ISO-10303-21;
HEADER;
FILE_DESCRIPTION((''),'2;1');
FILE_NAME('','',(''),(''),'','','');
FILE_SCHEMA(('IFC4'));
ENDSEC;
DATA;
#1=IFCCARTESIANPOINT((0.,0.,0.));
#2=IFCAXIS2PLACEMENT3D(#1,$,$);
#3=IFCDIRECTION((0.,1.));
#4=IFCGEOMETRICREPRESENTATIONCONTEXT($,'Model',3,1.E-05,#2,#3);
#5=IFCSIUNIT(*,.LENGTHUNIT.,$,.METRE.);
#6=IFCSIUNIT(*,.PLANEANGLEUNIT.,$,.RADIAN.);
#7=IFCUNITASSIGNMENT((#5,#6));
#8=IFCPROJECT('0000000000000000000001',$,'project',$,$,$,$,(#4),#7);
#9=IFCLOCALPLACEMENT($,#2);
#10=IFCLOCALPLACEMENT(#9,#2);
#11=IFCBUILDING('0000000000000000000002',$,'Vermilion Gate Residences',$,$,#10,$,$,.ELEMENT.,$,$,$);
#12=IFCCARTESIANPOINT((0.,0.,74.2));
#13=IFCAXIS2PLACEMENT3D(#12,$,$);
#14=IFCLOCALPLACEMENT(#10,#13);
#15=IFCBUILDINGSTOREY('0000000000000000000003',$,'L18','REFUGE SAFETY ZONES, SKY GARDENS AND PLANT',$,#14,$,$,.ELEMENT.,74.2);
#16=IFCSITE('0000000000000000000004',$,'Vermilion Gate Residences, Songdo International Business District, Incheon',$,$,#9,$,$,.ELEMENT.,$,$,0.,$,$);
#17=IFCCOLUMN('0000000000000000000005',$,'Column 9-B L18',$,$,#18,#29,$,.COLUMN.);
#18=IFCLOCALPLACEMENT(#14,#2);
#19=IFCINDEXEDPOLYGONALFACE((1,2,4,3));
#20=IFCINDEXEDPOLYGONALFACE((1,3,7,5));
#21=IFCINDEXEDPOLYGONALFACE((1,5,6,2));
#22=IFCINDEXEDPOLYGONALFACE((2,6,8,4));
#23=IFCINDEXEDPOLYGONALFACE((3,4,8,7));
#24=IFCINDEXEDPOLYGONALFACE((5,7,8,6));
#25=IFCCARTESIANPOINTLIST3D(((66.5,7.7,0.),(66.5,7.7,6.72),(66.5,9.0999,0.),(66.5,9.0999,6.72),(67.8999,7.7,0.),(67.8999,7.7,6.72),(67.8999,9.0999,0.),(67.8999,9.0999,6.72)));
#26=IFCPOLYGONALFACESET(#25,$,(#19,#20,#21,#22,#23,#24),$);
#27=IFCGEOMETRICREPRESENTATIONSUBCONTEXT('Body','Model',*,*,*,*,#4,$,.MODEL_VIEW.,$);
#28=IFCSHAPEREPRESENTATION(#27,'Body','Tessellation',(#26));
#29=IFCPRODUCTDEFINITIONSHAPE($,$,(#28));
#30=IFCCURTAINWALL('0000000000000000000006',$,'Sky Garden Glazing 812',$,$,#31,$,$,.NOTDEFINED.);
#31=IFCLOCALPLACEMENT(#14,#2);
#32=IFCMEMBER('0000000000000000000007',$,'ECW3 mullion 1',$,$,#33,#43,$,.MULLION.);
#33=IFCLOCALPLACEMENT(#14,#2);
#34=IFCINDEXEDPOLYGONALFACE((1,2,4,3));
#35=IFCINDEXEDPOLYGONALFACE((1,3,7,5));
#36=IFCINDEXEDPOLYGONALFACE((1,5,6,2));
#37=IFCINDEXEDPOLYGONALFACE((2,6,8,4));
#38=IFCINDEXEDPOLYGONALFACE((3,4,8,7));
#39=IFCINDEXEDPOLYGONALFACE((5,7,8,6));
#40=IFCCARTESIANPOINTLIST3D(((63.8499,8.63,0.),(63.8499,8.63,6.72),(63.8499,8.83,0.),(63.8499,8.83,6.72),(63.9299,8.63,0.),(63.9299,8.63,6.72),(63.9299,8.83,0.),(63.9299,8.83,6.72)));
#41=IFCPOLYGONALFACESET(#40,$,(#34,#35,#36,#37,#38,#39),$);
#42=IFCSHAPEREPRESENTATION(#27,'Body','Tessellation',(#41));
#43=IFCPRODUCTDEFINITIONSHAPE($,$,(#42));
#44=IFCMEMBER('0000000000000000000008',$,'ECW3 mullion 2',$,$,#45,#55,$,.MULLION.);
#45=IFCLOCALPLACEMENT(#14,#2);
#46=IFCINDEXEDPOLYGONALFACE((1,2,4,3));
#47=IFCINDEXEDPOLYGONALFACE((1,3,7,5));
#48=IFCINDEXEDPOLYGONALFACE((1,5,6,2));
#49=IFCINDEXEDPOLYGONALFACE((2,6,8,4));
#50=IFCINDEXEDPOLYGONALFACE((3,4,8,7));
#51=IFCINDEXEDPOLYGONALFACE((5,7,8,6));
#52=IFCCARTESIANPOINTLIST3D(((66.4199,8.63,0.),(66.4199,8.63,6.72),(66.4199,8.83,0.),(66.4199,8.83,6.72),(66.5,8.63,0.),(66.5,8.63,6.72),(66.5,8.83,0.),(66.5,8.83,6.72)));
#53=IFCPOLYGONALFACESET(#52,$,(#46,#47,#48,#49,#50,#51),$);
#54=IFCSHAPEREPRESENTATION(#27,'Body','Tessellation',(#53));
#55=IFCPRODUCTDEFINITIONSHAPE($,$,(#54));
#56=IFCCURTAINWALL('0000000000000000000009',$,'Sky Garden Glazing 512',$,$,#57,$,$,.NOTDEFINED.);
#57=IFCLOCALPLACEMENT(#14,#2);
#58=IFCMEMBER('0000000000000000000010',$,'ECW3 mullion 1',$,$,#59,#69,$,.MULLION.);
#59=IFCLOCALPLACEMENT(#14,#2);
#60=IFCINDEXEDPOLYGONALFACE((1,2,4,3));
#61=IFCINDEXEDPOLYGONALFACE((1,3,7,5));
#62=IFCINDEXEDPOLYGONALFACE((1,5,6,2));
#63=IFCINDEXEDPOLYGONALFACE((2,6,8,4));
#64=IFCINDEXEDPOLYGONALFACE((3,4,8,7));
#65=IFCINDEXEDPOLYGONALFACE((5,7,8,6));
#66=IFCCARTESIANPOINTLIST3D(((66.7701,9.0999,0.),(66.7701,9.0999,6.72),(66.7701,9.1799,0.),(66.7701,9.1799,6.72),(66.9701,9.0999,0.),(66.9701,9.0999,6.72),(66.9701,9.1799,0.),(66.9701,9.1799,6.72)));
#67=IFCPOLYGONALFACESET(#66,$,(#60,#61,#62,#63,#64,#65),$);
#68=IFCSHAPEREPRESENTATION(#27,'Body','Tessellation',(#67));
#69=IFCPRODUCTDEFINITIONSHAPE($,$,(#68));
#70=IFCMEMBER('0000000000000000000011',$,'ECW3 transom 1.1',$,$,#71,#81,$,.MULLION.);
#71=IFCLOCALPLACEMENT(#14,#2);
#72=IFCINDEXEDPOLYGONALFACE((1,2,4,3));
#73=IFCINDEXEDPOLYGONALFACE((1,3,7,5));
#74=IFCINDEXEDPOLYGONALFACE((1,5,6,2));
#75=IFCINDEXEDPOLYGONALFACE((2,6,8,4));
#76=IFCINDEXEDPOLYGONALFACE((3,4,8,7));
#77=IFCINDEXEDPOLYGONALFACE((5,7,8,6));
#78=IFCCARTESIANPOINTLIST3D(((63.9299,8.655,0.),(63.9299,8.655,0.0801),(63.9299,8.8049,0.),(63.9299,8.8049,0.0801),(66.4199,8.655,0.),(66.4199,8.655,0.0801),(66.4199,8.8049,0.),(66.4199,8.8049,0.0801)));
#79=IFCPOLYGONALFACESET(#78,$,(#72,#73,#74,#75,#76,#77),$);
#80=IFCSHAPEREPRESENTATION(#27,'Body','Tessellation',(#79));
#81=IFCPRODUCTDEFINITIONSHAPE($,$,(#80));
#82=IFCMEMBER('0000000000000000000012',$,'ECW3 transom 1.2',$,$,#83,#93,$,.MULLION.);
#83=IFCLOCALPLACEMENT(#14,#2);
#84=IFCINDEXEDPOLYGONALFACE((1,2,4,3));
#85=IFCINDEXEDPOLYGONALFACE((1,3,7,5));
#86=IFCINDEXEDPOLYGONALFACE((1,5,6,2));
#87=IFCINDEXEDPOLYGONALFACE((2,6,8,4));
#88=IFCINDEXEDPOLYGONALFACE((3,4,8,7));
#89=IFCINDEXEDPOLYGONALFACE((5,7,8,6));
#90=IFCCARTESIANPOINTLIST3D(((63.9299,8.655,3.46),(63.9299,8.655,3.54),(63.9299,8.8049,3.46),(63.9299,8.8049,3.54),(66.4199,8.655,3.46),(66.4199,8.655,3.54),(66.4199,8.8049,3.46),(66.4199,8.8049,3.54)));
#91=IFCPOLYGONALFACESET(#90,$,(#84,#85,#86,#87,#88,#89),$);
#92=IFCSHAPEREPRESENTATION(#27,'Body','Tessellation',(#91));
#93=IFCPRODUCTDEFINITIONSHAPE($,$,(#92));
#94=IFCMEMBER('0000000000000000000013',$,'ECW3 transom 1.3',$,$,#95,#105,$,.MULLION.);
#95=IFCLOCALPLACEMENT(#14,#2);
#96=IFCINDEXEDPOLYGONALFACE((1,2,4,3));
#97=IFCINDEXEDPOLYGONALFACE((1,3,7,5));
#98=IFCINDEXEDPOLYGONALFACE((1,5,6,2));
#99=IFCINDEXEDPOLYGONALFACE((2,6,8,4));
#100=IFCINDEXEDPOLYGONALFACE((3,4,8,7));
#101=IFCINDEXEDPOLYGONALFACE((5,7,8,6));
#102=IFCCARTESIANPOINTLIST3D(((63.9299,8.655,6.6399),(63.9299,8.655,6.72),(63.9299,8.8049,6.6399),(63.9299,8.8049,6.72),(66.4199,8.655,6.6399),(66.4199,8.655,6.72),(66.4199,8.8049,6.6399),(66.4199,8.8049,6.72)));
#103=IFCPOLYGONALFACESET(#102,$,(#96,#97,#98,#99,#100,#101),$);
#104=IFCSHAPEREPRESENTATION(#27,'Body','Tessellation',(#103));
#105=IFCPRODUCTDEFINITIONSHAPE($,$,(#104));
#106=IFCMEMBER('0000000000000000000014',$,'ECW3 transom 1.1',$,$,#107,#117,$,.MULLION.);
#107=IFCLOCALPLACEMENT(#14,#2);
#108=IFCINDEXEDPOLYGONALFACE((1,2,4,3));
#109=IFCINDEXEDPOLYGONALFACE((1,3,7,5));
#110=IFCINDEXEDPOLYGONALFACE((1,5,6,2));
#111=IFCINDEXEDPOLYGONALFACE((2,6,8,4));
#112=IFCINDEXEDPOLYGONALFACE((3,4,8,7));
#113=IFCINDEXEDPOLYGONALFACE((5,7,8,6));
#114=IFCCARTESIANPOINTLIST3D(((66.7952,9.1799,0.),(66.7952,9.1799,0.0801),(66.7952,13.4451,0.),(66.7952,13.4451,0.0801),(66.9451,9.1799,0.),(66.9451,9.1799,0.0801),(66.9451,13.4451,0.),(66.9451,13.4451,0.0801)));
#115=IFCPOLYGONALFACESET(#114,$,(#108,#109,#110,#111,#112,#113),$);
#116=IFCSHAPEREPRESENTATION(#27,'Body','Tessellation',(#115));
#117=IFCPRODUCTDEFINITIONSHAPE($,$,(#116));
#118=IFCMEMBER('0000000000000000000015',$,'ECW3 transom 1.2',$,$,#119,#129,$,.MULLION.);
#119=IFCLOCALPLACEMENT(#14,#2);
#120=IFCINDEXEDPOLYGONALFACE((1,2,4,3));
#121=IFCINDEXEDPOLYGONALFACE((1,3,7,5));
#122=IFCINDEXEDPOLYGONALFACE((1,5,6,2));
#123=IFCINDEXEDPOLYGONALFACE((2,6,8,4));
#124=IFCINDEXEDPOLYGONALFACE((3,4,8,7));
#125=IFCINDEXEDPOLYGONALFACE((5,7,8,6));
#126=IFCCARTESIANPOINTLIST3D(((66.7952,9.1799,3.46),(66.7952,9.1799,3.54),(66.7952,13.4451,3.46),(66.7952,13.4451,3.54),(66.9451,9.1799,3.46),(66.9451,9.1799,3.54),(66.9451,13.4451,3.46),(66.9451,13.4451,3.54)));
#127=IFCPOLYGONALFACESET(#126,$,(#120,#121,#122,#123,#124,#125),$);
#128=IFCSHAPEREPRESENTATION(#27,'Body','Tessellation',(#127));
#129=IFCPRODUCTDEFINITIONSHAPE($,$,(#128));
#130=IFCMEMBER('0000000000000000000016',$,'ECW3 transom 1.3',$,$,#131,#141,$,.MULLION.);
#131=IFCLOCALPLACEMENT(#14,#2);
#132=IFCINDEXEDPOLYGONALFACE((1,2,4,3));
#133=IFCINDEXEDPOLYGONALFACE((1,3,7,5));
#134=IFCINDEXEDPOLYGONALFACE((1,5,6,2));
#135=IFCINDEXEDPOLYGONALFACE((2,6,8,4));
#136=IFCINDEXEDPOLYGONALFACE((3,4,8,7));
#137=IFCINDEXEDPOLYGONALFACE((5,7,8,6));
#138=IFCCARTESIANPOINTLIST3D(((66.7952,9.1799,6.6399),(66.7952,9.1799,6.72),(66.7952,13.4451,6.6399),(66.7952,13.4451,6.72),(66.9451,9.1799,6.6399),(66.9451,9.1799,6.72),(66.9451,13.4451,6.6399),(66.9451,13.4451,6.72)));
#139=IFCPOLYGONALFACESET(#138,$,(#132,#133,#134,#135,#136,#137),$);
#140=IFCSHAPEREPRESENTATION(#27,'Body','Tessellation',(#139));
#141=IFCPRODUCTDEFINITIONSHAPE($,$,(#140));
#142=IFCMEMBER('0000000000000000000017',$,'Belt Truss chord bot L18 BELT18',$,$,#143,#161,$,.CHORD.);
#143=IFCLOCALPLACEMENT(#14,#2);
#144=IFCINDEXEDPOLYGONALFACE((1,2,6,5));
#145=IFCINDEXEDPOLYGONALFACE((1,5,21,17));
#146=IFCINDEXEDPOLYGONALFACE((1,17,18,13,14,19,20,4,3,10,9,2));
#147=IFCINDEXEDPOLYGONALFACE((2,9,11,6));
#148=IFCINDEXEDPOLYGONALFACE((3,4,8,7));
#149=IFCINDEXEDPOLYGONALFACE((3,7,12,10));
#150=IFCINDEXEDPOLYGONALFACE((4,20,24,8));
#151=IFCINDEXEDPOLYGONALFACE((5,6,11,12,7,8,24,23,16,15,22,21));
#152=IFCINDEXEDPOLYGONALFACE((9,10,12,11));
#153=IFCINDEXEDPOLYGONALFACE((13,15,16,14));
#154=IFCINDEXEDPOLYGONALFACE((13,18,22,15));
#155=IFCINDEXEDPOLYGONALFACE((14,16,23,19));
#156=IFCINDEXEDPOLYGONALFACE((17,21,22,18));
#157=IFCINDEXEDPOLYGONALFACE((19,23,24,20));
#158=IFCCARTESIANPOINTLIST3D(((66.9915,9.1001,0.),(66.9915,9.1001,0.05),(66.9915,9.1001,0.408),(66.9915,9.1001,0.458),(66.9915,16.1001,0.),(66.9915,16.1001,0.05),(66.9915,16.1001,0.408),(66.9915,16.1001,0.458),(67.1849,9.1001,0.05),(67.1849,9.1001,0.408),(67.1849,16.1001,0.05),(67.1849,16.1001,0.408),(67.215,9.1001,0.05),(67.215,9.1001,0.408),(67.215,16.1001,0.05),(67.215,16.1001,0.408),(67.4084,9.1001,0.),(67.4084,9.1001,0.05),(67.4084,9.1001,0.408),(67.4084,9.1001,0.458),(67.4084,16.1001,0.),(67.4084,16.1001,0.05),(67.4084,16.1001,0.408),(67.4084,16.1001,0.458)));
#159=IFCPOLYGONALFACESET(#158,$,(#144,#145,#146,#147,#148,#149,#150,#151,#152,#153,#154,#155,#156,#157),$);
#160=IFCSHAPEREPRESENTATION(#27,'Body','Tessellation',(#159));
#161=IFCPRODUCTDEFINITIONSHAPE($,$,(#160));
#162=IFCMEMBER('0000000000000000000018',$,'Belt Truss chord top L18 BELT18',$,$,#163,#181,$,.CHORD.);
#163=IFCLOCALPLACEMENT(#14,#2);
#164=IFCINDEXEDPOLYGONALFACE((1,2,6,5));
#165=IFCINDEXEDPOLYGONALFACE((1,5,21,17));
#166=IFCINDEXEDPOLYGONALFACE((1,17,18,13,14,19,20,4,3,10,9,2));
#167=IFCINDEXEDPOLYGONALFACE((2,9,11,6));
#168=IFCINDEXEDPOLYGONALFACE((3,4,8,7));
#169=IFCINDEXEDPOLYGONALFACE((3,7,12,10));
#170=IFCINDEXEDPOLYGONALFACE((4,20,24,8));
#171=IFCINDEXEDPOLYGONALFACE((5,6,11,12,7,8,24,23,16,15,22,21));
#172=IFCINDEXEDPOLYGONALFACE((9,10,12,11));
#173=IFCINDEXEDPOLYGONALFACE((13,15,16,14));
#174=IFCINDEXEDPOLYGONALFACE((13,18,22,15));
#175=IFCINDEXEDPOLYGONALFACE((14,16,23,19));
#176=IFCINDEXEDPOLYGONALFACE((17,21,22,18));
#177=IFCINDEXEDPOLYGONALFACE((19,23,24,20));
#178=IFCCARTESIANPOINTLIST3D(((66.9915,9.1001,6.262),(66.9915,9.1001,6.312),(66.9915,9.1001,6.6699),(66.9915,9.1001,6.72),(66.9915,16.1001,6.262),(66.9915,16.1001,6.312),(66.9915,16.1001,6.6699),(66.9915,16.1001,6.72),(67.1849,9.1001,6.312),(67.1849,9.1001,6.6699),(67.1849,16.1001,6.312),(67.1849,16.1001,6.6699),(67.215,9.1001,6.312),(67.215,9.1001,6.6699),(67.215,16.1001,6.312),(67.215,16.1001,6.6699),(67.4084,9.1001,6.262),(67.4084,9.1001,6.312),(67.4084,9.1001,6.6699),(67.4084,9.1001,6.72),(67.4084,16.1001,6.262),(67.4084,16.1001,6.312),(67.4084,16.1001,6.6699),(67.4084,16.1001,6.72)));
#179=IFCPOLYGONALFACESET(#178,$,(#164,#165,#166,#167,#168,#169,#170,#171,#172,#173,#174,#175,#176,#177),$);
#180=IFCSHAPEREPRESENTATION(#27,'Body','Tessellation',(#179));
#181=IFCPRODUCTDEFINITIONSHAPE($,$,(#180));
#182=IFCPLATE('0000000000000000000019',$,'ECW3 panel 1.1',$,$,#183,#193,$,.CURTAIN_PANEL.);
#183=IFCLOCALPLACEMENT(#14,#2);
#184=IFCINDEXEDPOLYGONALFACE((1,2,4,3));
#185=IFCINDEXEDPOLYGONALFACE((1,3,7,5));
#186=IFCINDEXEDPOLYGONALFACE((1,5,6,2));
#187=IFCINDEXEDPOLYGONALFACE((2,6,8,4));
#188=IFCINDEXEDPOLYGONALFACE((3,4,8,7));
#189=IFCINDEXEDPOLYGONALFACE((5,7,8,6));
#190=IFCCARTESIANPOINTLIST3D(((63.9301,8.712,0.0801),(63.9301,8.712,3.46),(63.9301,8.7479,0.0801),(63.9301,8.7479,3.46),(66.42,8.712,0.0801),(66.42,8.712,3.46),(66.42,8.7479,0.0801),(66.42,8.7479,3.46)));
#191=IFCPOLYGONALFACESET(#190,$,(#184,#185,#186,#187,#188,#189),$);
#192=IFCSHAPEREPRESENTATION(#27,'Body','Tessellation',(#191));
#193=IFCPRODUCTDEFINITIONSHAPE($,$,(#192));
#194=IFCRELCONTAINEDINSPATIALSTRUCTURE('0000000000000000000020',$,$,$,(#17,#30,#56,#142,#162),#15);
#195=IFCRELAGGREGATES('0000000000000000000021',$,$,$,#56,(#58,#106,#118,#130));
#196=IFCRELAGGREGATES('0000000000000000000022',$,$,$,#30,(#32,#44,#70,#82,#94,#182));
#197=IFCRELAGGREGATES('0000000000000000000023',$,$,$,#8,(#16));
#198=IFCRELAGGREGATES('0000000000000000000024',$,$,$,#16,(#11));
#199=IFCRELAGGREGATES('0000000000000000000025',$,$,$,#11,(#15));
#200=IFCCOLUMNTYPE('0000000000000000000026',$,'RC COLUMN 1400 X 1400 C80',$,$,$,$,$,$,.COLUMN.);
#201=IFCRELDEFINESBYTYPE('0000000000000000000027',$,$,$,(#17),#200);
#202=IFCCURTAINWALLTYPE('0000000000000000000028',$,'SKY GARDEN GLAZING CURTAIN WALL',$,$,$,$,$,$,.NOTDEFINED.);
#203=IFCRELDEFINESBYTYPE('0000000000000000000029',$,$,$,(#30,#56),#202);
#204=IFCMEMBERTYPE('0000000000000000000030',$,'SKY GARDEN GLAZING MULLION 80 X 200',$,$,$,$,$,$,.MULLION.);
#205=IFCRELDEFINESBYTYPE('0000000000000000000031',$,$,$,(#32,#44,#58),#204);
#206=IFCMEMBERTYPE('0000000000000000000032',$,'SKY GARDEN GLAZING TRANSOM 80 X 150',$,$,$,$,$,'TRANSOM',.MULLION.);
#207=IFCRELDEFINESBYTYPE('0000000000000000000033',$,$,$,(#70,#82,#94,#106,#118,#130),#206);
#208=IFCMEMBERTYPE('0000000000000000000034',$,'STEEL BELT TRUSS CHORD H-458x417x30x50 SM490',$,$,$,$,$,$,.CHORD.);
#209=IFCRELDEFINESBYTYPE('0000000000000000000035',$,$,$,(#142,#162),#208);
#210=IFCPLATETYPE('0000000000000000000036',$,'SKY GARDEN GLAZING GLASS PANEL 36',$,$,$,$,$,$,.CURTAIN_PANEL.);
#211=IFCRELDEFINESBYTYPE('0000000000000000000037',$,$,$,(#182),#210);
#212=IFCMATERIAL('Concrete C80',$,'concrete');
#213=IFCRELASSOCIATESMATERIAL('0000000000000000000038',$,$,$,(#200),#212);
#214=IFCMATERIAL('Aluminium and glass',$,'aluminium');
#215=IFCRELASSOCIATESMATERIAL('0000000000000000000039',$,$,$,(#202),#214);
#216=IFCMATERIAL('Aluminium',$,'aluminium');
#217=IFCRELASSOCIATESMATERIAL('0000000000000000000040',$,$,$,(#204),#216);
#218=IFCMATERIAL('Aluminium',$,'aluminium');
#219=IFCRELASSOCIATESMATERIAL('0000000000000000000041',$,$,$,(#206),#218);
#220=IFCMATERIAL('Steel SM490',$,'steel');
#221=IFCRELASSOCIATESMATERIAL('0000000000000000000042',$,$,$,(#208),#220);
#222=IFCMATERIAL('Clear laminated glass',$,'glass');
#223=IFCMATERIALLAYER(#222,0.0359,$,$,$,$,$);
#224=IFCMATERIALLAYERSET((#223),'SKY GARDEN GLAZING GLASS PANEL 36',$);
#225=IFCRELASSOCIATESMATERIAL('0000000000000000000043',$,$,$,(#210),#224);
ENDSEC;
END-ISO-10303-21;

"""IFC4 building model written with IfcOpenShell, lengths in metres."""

from ifc_helpers import new_model, si_unit, direction, frame, origin, origin_2d, place, context, subcontext, project, spatial, rectangle, i_section, extrude, material, layer, layer_set, material_profile, profile_set, type_object, element, aggregate, save


model = new_model("IFC4")

# Units and contexts
model_context = context("Model", 3, precision=1e-05, world=origin(), true_north=direction((0.0, 1.0)))
body_context = subcontext(model_context, "Body", "Model", "MODEL_VIEW")
ifc_project = project(units=[si_unit("LENGTHUNIT", "METRE"), si_unit("PLANEANGLEUNIT", "RADIAN")], contexts=[model_context])

# Site, building, storey
site_placement = place(None, origin())
site = spatial("IfcSite", under=ifc_project, at=site_placement, Name="Vermilion Gate Residences, Songdo International Business District, Incheon", CompositionType="ELEMENT", RefElevation=0.0)
building_placement = place(site_placement, origin())
building = spatial("IfcBuilding", under=site, at=building_placement, Name="Vermilion Gate Residences", CompositionType="ELEMENT")
storey_placement = place(building_placement, frame((0.0, 0.0, 74.2)))
storey = spatial("IfcBuildingStorey", under=building, at=storey_placement, Name="L18", Description="REFUGE SAFETY ZONES, SKY GARDENS AND PLANT", CompositionType="ELEMENT", Elevation=74.2)

# Column
ifc_material_1 = material(Name="Concrete C80", Category="concrete")
ifc_material_profile_1 = material_profile(ifc_material_1, rectangle(XDim=1.3999, YDim=1.3999, at=origin_2d()), Name="RC-1400x1400")
ifc_profile_set_1 = profile_set([ifc_material_profile_1], Name="Concrete C80")
column_type = type_object("IfcColumnType", Name="RC COLUMN 1400 X 1400 C80", PredefinedType="COLUMN", material=ifc_profile_set_1)
column_placement = place(storey_placement, frame((67.2, 8.3999, 0.0), z_axis=(0.0, 0.0, 1.0), x_axis=(1.0, 0.0, 0.0)))
element("IfcColumn", 1, at=column_placement, inside=storey, type_object=column_type, Name="Column 9-B L18", PredefinedType="COLUMN", context=body_context, shape_type="SweptSolid", body=[
    extrude(rectangle(XDim=1.3999, YDim=1.3999, at=origin_2d()), origin(), (0.0, 0.0, 1.0), 6.72),
])

# Curtain wall, members
ifc_material_2 = material(Name="Aluminium and glass", Category="aluminium")
curtain_wall_type = type_object("IfcCurtainWallType", Name="SKY GARDEN GLAZING CURTAIN WALL", PredefinedType="NOTDEFINED", material=ifc_material_2)
curtain_wall_1_placement = place(storey_placement, origin())
curtain_wall_1 = element("IfcCurtainWall", 2, at=curtain_wall_1_placement, inside=storey, type_object=curtain_wall_type, Name="Sky Garden Glazing 812", PredefinedType="NOTDEFINED")
ifc_material_3 = material(Name="Aluminium", Category="aluminium")
ifc_material_profile_2 = material_profile(ifc_material_3, rectangle(XDim=0.2, YDim=0.0801, at=origin_2d()), Name="MULLION 80 X 200")
ifc_profile_set_2 = profile_set([ifc_material_profile_2], Name="Aluminium")
member_type_1 = type_object("IfcMemberType", Name="SKY GARDEN GLAZING MULLION 80 X 200", PredefinedType="MULLION", material=ifc_profile_set_2)
member_1_placement = place(storey_placement, frame((63.8899, 8.73, 0.0), z_axis=(0.0, 0.0, 1.0), x_axis=(0.0, 1.0, 0.0)))
member_1 = element("IfcMember", 3, at=member_1_placement, type_object=member_type_1, Name="ECW3 mullion 1", PredefinedType="MULLION", context=body_context, shape_type="SweptSolid", body=[
    extrude(rectangle(XDim=0.2, YDim=0.0801, at=origin_2d()), origin(), (0.0, 0.0, 1.0), 6.72),
])
member_2_placement = place(storey_placement, frame((66.46, 8.73, 0.0), z_axis=(0.0, 0.0, 1.0), x_axis=(0.0, 1.0, 0.0)))
member_2 = element("IfcMember", 4, at=member_2_placement, type_object=member_type_1, Name="ECW3 mullion 2", PredefinedType="MULLION", context=body_context, shape_type="SweptSolid", body=[
    extrude(rectangle(XDim=0.2, YDim=0.0801, at=origin_2d()), origin(), (0.0, 0.0, 1.0), 6.72),
])

# Curtain wall, member
curtain_wall_2_placement = place(storey_placement, origin())
curtain_wall_2 = element("IfcCurtainWall", 5, at=curtain_wall_2_placement, inside=storey, type_object=curtain_wall_type, Name="Sky Garden Glazing 512", PredefinedType="NOTDEFINED")
member_3_placement = place(storey_placement, frame((66.8701, 9.1399, 0.0), z_axis=(0.0, 0.0, 1.0), x_axis=(-1.0, 0.0, 0.0)))
member_3 = element("IfcMember", 6, at=member_3_placement, type_object=member_type_1, Name="ECW3 mullion 1", PredefinedType="MULLION", context=body_context, shape_type="SweptSolid", body=[
    extrude(rectangle(XDim=0.2, YDim=0.0801, at=origin_2d()), origin(), (0.0, 0.0, 1.0), 6.72),
])

# Members
ifc_material_4 = material(Name="Aluminium", Category="aluminium")
ifc_material_profile_3 = material_profile(ifc_material_4, rectangle(XDim=0.1499, YDim=0.0801, at=origin_2d()), Name="TRANSOM 80 X 150")
ifc_profile_set_3 = profile_set([ifc_material_profile_3], Name="Aluminium")
member_type_2 = type_object("IfcMemberType", Name="SKY GARDEN GLAZING TRANSOM 80 X 150", ElementType="TRANSOM", PredefinedType="MULLION", material=ifc_profile_set_3)
member_4_placement = place(storey_placement, frame((63.9299, 8.73, 0.04), z_axis=(1.0, 0.0, 0.0), x_axis=(0.0, 1.0, 0.0)))
member_4 = element("IfcMember", 7, at=member_4_placement, type_object=member_type_2, Name="ECW3 transom 1.1", PredefinedType="MULLION", context=body_context, shape_type="SweptSolid", body=[
    extrude(rectangle(XDim=0.1499, YDim=0.0801, at=origin_2d()), origin(), (0.0, 0.0, 1.0), 2.49),
])
member_5_placement = place(storey_placement, frame((63.9299, 8.73, 3.5), z_axis=(1.0, 0.0, 0.0), x_axis=(0.0, 1.0, 0.0)))
member_5 = element("IfcMember", 8, at=member_5_placement, type_object=member_type_2, Name="ECW3 transom 1.2", PredefinedType="MULLION", context=body_context, shape_type="SweptSolid", body=[
    extrude(rectangle(XDim=0.1499, YDim=0.0801, at=origin_2d()), origin(), (0.0, 0.0, 1.0), 2.49),
])
member_6_placement = place(storey_placement, frame((63.9299, 8.73, 6.6799), z_axis=(1.0, 0.0, 0.0), x_axis=(0.0, 1.0, 0.0)))
member_6 = element("IfcMember", 9, at=member_6_placement, type_object=member_type_2, Name="ECW3 transom 1.3", PredefinedType="MULLION", context=body_context, shape_type="SweptSolid", body=[
    extrude(rectangle(XDim=0.1499, YDim=0.0801, at=origin_2d()), origin(), (0.0, 0.0, 1.0), 2.49),
])
member_7_placement = place(storey_placement, frame((66.8701, 9.1799, 0.04), z_axis=(0.0, 1.0, 0.0), x_axis=(-1.0, 0.0, 0.0)))
member_7 = element("IfcMember", 10, at=member_7_placement, type_object=member_type_2, Name="ECW3 transom 1.1", PredefinedType="MULLION", context=body_context, shape_type="SweptSolid", body=[
    extrude(rectangle(XDim=0.1499, YDim=0.0801, at=origin_2d()), origin(), (0.0, 0.0, 1.0), 4.2651),
])
member_8_placement = place(storey_placement, frame((66.8701, 9.1799, 3.5), z_axis=(0.0, 1.0, 0.0), x_axis=(-1.0, 0.0, 0.0)))
member_8 = element("IfcMember", 11, at=member_8_placement, type_object=member_type_2, Name="ECW3 transom 1.2", PredefinedType="MULLION", context=body_context, shape_type="SweptSolid", body=[
    extrude(rectangle(XDim=0.1499, YDim=0.0801, at=origin_2d()), origin(), (0.0, 0.0, 1.0), 4.2651),
])
member_9_placement = place(storey_placement, frame((66.8701, 9.1799, 6.6799), z_axis=(0.0, 1.0, 0.0), x_axis=(-1.0, 0.0, 0.0)))
member_9 = element("IfcMember", 12, at=member_9_placement, type_object=member_type_2, Name="ECW3 transom 1.3", PredefinedType="MULLION", context=body_context, shape_type="SweptSolid", body=[
    extrude(rectangle(XDim=0.1499, YDim=0.0801, at=origin_2d()), origin(), (0.0, 0.0, 1.0), 4.2651),
])
aggregate(curtain_wall_2, [member_3, member_7, member_8, member_9])

# Members
ifc_material_5 = material(Name="Steel SM490", Category="steel")
ifc_material_profile_4 = material_profile(ifc_material_5, i_section(OverallWidth=0.417, OverallDepth=0.458, WebThickness=0.03, FlangeThickness=0.05, at=origin_2d()), Name="H-458x417x30x50")
ifc_profile_set_4 = profile_set([ifc_material_profile_4], Name="Steel SM490")
member_type_3 = type_object("IfcMemberType", Name="STEEL BELT TRUSS CHORD H-458x417x30x50 SM490", PredefinedType="CHORD", material=ifc_profile_set_4)
for number, where, z_axis, x_axis, name in (
    (13, (67.2, 9.1001, 0.229), (0.0, 1.0, 0.0), (-1.0, 0.0, 0.0), "Belt Truss chord bot L18 BELT18"),
    (14, (67.2, 9.1001, 6.491), (0.0, 1.0, 0.0), (-1.0, 0.0, 0.0), "Belt Truss chord top L18 BELT18"),
):
    element("IfcMember", number, at=place(storey_placement, frame(where, z_axis=z_axis, x_axis=x_axis)), inside=storey, type_object=member_type_3, Name=name, PredefinedType="CHORD", context=body_context, shape_type="SweptSolid", body=[
        extrude(i_section(OverallWidth=0.417, OverallDepth=0.458, WebThickness=0.03, FlangeThickness=0.05, at=origin_2d()), origin(), (0.0, 0.0, 1.0), 7.0),
    ])

# Plate
ifc_material_6 = material(Name="Clear laminated glass", Category="glass")
ifc_layer = layer(ifc_material_6, 0.0359)
ifc_layer_set = layer_set([ifc_layer], Name="SKY GARDEN GLAZING GLASS PANEL 36")
plate_type = type_object("IfcPlateType", Name="SKY GARDEN GLAZING GLASS PANEL 36", PredefinedType="CURTAIN_PANEL", material=ifc_layer_set)
plate_1_placement = place(storey_placement, frame((65.175, 8.73, 0.0801), z_axis=(0.0, 0.0, 1.0), x_axis=(1.0, 0.0, 0.0)))
plate_1 = element("IfcPlate", 15, at=plate_1_placement, type_object=plate_type, Name="ECW3 panel 1.1", PredefinedType="CURTAIN_PANEL", context=body_context, shape_type="SweptSolid", body=[
    extrude(rectangle(XDim=2.49, YDim=0.0359, at=origin_2d()), origin(), (0.0, 0.0, 1.0), 3.3799),
])
aggregate(curtain_wall_1, [member_1, member_2, member_4, member_5, member_6, plate_1])

save(model, "model.ifc")
